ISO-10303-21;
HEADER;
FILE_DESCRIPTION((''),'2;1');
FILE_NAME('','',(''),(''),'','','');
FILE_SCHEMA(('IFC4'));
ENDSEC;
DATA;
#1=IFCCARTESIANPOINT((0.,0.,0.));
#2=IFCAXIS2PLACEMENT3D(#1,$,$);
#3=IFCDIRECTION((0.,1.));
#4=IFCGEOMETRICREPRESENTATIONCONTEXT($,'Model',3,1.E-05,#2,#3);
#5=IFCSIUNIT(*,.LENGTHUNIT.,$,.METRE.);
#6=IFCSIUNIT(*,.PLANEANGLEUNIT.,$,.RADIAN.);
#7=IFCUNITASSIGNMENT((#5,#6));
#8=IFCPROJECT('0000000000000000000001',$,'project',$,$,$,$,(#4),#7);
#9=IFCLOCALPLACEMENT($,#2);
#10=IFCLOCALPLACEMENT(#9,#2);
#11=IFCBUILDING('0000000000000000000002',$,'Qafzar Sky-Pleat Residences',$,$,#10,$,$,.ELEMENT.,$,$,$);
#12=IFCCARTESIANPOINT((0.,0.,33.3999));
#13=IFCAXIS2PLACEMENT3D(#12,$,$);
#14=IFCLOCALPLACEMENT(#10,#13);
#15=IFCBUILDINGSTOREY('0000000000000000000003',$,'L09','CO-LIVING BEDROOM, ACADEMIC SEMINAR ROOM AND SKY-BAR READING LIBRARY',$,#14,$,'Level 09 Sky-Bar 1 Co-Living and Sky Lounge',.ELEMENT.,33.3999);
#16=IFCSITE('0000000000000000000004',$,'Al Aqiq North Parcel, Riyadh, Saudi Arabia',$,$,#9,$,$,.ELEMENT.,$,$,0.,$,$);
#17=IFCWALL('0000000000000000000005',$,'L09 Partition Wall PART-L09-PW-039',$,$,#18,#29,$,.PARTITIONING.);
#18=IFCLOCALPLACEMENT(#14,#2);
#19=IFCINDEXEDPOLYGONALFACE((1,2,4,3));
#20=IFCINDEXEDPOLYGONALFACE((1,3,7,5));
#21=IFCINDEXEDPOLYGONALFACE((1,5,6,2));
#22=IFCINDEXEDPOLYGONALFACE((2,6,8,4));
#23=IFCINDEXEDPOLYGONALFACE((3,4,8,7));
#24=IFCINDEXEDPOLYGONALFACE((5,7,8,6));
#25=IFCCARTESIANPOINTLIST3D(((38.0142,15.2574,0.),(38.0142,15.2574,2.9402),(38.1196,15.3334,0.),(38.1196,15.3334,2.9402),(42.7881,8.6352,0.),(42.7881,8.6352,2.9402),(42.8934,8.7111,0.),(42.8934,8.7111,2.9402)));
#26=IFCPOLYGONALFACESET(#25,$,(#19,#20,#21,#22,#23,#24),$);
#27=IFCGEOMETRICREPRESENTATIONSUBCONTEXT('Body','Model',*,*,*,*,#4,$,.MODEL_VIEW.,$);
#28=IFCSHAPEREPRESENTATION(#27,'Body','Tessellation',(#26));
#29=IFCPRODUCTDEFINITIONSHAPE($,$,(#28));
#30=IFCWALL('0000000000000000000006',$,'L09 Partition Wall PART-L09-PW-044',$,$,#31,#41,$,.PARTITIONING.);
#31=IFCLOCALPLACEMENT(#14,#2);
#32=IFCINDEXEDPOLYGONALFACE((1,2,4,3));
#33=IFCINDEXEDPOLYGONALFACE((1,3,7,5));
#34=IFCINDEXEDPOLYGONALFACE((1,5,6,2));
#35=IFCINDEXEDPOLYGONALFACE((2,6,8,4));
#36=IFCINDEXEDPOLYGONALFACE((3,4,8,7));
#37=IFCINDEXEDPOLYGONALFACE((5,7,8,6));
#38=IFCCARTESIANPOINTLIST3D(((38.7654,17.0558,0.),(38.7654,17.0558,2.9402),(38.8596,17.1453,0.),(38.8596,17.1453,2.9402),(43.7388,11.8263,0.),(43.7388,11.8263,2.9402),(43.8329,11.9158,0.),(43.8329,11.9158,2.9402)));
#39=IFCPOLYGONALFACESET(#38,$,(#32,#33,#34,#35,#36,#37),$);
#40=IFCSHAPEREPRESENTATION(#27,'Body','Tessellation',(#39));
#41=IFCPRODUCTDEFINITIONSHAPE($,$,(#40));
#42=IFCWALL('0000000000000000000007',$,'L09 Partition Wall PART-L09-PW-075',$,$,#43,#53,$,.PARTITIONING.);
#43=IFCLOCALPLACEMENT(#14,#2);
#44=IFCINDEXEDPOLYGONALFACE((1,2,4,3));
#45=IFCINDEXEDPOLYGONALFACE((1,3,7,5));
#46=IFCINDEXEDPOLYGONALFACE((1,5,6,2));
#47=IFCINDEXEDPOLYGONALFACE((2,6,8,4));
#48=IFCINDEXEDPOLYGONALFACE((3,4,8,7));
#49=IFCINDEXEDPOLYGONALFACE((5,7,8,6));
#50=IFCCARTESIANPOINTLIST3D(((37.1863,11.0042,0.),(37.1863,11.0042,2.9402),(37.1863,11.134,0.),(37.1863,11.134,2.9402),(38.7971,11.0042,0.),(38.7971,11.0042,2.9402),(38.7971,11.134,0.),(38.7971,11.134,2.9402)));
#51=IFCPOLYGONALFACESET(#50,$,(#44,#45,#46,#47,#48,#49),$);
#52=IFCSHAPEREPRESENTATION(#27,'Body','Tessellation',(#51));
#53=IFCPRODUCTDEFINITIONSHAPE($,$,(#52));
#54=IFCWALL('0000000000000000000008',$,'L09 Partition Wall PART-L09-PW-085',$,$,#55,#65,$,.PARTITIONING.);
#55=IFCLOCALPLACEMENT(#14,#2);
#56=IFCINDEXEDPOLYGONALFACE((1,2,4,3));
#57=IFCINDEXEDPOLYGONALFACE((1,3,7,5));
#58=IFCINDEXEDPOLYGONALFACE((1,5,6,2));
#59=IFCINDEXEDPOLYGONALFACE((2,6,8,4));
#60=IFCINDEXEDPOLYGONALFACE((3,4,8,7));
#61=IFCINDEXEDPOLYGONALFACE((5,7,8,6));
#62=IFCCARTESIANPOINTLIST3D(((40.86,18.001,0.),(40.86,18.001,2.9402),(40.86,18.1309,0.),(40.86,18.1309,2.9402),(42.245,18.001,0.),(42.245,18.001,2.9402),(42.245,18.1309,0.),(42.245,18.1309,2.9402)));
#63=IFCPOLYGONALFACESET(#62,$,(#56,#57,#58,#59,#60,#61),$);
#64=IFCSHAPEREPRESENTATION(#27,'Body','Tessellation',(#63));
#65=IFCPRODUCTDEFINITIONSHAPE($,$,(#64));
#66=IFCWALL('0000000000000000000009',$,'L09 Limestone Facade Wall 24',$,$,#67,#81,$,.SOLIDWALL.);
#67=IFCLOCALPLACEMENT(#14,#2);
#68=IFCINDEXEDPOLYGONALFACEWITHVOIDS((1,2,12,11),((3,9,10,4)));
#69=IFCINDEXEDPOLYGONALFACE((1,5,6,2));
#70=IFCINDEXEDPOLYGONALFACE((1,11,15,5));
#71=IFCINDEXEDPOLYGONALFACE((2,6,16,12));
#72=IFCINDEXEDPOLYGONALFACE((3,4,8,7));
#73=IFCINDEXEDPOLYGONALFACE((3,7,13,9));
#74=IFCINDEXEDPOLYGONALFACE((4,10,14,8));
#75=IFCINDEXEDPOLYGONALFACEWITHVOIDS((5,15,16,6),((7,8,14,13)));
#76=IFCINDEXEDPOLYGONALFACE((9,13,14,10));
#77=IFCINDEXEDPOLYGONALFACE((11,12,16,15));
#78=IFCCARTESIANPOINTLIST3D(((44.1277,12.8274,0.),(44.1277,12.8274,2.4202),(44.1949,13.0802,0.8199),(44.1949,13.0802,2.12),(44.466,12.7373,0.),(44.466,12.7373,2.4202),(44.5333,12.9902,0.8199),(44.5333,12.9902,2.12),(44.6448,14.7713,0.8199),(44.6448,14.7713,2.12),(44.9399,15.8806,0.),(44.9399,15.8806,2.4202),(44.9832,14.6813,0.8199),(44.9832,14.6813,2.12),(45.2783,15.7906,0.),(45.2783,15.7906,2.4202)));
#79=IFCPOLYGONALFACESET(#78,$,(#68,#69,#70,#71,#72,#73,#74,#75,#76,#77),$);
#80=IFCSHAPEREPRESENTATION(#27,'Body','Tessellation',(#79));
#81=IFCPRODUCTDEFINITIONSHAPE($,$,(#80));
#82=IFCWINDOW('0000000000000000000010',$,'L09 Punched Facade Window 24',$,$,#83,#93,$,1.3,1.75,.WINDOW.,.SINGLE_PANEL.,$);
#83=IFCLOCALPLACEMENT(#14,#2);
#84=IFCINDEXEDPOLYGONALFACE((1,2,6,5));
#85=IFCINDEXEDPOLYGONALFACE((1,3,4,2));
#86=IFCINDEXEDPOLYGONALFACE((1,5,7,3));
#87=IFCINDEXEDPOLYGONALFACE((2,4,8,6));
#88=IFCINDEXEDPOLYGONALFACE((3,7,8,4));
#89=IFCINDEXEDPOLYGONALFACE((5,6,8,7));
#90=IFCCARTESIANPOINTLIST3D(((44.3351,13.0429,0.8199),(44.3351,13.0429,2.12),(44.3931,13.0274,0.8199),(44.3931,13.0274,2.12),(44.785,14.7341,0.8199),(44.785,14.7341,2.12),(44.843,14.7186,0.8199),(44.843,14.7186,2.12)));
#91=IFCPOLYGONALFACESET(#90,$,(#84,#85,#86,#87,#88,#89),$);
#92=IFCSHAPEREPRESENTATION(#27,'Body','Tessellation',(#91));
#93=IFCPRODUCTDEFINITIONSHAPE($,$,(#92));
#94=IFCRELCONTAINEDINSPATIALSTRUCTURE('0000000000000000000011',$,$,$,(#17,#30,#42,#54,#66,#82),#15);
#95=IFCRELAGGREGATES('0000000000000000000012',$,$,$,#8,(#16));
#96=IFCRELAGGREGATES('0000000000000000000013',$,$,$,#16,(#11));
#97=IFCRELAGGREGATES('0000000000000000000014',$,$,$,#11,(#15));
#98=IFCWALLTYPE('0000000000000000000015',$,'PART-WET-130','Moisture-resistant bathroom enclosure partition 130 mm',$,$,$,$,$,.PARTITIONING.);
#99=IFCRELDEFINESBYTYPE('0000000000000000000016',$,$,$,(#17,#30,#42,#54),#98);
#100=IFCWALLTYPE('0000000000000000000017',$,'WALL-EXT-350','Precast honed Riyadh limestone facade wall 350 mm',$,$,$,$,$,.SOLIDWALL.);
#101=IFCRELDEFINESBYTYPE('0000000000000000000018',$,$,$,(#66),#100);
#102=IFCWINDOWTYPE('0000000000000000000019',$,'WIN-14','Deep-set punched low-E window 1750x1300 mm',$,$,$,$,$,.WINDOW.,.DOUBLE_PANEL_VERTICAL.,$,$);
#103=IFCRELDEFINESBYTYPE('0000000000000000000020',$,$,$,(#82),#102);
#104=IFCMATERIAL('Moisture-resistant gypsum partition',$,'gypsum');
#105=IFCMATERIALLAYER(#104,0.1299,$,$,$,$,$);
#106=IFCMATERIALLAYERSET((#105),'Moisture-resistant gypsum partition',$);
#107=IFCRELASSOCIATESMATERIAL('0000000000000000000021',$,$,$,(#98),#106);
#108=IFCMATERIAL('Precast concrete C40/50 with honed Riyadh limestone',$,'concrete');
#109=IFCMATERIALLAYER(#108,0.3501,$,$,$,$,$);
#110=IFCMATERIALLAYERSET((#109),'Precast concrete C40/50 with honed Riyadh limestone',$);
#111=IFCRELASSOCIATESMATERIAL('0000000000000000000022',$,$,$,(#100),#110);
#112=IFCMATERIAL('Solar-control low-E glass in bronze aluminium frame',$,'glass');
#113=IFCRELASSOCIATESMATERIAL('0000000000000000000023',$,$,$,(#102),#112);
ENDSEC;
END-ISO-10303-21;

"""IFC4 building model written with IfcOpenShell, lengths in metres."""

from ifc_helpers import new_model, si_unit, direction, frame, frame_2d, origin, place, context, subcontext, project, spatial, rectangle, extrude, source, transform, mapped, material, layer, layer_set, type_object, element, fill, save


model = new_model("IFC4")

# Units and contexts
model_context = context("Model", 3, precision=1e-05, world=origin(), true_north=direction((0.0, 1.0)))
body_context = subcontext(model_context, "Body", "Model", "MODEL_VIEW")
ifc_project = project(units=[si_unit("LENGTHUNIT", "METRE"), si_unit("PLANEANGLEUNIT", "RADIAN")], contexts=[model_context])

# Site, building, storey
site_placement = place(None, origin())
site = spatial("IfcSite", under=ifc_project, at=site_placement, Name="Al Aqiq North Parcel, Riyadh, Saudi Arabia", CompositionType="ELEMENT", RefElevation=0.0)
building_placement = place(site_placement, origin())
building = spatial("IfcBuilding", under=site, at=building_placement, Name="Qafzar Sky-Pleat Residences", CompositionType="ELEMENT")
storey_placement = place(building_placement, frame((0.0, 0.0, 33.3999)))
storey = spatial("IfcBuildingStorey", under=building, at=storey_placement, Name="L09", Description="CO-LIVING BEDROOM, ACADEMIC SEMINAR ROOM AND SKY-BAR READING LIBRARY", LongName="Level 09 Sky-Bar 1 Co-Living and Sky Lounge", CompositionType="ELEMENT", Elevation=33.3999)

# Walls
ifc_material_1 = material(Name="Moisture-resistant gypsum partition", Category="gypsum")
ifc_layer_1 = layer(ifc_material_1, 0.1299)
ifc_layer_set_1 = layer_set([ifc_layer_1], Name="Moisture-resistant gypsum partition")
wall_type_1 = type_object("IfcWallType", Name="PART-WET-130", Description="Moisture-resistant bathroom enclosure partition 130 mm", PredefinedType="PARTITIONING", material=ifc_layer_set_1)
wall_1_placement = place(storey_placement, frame((38.0669, 15.2954, 0.0), z_axis=(0.0, 0.0, 1.0), x_axis=(0.584777, -0.811194, 0.0)))
element("IfcWall", 1, at=wall_1_placement, inside=storey, type_object=wall_type_1, Name="L09 Partition Wall PART-L09-PW-039", PredefinedType="PARTITIONING", context=body_context, shape_type="SweptSolid", body=[
    extrude(rectangle(XDim=8.1636, YDim=0.1299, at=frame_2d((4.0818, 0.0))), origin(), (0.0, 0.0, 1.0), 2.9402),
])
wall_2_placement = place(storey_placement, frame((38.8125, 17.1006, 0.0), z_axis=(0.0, 0.0, 1.0), x_axis=(0.689141, -0.724628, 0.0)))
element("IfcWall", 2, at=wall_2_placement, inside=storey, type_object=wall_type_1, Name="L09 Partition Wall PART-L09-PW-044", PredefinedType="PARTITIONING", context=body_context, shape_type="SweptSolid", body=[
    extrude(rectangle(XDim=7.2168, YDim=0.1299, at=frame_2d((3.6084, 0.0))), origin(), (0.0, 0.0, 1.0), 2.9402),
])
wall_3_placement = place(storey_placement, frame((37.1863, 11.0691, 0.0), z_axis=(0.0, 0.0, 1.0), x_axis=(1.0, 0.0, 0.0)))
element("IfcWall", 3, at=wall_3_placement, inside=storey, type_object=wall_type_1, Name="L09 Partition Wall PART-L09-PW-075", PredefinedType="PARTITIONING", context=body_context, shape_type="SweptSolid", body=[
    extrude(rectangle(XDim=1.6108, YDim=0.1299, at=frame_2d((0.8054, 0.0))), origin(), (0.0, 0.0, 1.0), 2.9402),
])
wall_4_placement = place(storey_placement, frame((40.8601, 18.0659, 0.0), z_axis=(0.0, 0.0, 1.0), x_axis=(1.0, 0.0, 0.0)))
element("IfcWall", 4, at=wall_4_placement, inside=storey, type_object=wall_type_1, Name="L09 Partition Wall PART-L09-PW-085", PredefinedType="PARTITIONING", context=body_context, shape_type="SweptSolid", body=[
    extrude(rectangle(XDim=1.385, YDim=0.1299, at=frame_2d((0.6924, 0.0))), origin(), (0.0, 0.0, 1.0), 2.9402),
])

# Wall, opening, window
ifc_material_2 = material(Name="Precast concrete C40/50 with honed Riyadh limestone", Category="concrete")
ifc_layer_2 = layer(ifc_material_2, 0.3501)
ifc_layer_set_2 = layer_set([ifc_layer_2], Name="Precast concrete C40/50 with honed Riyadh limestone")
wall_type_2 = type_object("IfcWallType", Name="WALL-EXT-350", Description="Precast honed Riyadh limestone facade wall 350 mm", PredefinedType="SOLIDWALL", material=ifc_layer_set_2)
wall_5_placement = place(storey_placement, frame((44.2969, 12.7825, 0.0), z_axis=(0.0, 0.0, 1.0), x_axis=(0.25709, 0.966387, 0.0)))
wall_5 = element("IfcWall", 5, at=wall_5_placement, inside=storey, type_object=wall_type_2, Name="L09 Limestone Facade Wall 24", PredefinedType="SOLIDWALL", context=body_context, shape_type="SweptSolid", body=[
    extrude(rectangle(XDim=3.1594, YDim=0.3501, at=frame_2d((1.5796, 0.0))), origin(), (0.0, 0.0, 1.0), 2.4202),
])
opening_1_placement = place(wall_5_placement, frame((0.2615, 0.0, 0.8201)))
opening_1 = element("IfcOpeningElement", 6, at=opening_1_placement, cuts=wall_5, PredefinedType="OPENING", context=body_context, shape_type="SweptSolid", body=[
    extrude(rectangle(XDim=1.75, YDim=1.3, at=frame_2d((0.875, 0.6499))), frame((0.0, 0.1851, 0.0), z_axis=(0.0, -1.0, 0.0), x_axis=(1.0, 0.0, 0.0)), (0.0, 0.0, 1.0), 0.3701),
])
ifc_material_3 = material(Name="Solar-control low-E glass in bronze aluminium frame", Category="glass")
window_type = type_object("IfcWindowType", Name="WIN-14", Description="Deep-set punched low-E window 1750x1300 mm", PartitioningType="DOUBLE_PANEL_VERTICAL", PredefinedType="WINDOW", material=ifc_material_3)
shared_shape_1 = source(origin(), body_context, "Body", "SweptSolid", [
    extrude(rectangle(XDim=1.75, YDim=1.3, at=frame_2d((0.875, 0.6499))), frame((0.0, 0.03, 0.0), z_axis=(0.0, -1.0, 0.0), x_axis=(1.0, 0.0, 0.0)), (0.0, 0.0, 1.0), 0.0601),
])
window_placement = place(opening_1_placement, origin())
window = element("IfcWindow", 7, at=window_placement, inside=storey, type_object=window_type, Name="L09 Punched Facade Window 24", OverallHeight=1.3, OverallWidth=1.75, PartitioningType="SINGLE_PANEL", PredefinedType="WINDOW", context=body_context, shape_type="MappedRepresentation", body=[
    mapped(shared_shape_1, transform((0.0, 0.0, 0.0), x_axis=(1.0, 0.0, 0.0), y_axis=(0.0, 1.0, 0.0), z_axis=(0.0, 0.0, 1.0), scale=1.0)),
])
fill(opening_1, window)

save(model, "model.ifc")
